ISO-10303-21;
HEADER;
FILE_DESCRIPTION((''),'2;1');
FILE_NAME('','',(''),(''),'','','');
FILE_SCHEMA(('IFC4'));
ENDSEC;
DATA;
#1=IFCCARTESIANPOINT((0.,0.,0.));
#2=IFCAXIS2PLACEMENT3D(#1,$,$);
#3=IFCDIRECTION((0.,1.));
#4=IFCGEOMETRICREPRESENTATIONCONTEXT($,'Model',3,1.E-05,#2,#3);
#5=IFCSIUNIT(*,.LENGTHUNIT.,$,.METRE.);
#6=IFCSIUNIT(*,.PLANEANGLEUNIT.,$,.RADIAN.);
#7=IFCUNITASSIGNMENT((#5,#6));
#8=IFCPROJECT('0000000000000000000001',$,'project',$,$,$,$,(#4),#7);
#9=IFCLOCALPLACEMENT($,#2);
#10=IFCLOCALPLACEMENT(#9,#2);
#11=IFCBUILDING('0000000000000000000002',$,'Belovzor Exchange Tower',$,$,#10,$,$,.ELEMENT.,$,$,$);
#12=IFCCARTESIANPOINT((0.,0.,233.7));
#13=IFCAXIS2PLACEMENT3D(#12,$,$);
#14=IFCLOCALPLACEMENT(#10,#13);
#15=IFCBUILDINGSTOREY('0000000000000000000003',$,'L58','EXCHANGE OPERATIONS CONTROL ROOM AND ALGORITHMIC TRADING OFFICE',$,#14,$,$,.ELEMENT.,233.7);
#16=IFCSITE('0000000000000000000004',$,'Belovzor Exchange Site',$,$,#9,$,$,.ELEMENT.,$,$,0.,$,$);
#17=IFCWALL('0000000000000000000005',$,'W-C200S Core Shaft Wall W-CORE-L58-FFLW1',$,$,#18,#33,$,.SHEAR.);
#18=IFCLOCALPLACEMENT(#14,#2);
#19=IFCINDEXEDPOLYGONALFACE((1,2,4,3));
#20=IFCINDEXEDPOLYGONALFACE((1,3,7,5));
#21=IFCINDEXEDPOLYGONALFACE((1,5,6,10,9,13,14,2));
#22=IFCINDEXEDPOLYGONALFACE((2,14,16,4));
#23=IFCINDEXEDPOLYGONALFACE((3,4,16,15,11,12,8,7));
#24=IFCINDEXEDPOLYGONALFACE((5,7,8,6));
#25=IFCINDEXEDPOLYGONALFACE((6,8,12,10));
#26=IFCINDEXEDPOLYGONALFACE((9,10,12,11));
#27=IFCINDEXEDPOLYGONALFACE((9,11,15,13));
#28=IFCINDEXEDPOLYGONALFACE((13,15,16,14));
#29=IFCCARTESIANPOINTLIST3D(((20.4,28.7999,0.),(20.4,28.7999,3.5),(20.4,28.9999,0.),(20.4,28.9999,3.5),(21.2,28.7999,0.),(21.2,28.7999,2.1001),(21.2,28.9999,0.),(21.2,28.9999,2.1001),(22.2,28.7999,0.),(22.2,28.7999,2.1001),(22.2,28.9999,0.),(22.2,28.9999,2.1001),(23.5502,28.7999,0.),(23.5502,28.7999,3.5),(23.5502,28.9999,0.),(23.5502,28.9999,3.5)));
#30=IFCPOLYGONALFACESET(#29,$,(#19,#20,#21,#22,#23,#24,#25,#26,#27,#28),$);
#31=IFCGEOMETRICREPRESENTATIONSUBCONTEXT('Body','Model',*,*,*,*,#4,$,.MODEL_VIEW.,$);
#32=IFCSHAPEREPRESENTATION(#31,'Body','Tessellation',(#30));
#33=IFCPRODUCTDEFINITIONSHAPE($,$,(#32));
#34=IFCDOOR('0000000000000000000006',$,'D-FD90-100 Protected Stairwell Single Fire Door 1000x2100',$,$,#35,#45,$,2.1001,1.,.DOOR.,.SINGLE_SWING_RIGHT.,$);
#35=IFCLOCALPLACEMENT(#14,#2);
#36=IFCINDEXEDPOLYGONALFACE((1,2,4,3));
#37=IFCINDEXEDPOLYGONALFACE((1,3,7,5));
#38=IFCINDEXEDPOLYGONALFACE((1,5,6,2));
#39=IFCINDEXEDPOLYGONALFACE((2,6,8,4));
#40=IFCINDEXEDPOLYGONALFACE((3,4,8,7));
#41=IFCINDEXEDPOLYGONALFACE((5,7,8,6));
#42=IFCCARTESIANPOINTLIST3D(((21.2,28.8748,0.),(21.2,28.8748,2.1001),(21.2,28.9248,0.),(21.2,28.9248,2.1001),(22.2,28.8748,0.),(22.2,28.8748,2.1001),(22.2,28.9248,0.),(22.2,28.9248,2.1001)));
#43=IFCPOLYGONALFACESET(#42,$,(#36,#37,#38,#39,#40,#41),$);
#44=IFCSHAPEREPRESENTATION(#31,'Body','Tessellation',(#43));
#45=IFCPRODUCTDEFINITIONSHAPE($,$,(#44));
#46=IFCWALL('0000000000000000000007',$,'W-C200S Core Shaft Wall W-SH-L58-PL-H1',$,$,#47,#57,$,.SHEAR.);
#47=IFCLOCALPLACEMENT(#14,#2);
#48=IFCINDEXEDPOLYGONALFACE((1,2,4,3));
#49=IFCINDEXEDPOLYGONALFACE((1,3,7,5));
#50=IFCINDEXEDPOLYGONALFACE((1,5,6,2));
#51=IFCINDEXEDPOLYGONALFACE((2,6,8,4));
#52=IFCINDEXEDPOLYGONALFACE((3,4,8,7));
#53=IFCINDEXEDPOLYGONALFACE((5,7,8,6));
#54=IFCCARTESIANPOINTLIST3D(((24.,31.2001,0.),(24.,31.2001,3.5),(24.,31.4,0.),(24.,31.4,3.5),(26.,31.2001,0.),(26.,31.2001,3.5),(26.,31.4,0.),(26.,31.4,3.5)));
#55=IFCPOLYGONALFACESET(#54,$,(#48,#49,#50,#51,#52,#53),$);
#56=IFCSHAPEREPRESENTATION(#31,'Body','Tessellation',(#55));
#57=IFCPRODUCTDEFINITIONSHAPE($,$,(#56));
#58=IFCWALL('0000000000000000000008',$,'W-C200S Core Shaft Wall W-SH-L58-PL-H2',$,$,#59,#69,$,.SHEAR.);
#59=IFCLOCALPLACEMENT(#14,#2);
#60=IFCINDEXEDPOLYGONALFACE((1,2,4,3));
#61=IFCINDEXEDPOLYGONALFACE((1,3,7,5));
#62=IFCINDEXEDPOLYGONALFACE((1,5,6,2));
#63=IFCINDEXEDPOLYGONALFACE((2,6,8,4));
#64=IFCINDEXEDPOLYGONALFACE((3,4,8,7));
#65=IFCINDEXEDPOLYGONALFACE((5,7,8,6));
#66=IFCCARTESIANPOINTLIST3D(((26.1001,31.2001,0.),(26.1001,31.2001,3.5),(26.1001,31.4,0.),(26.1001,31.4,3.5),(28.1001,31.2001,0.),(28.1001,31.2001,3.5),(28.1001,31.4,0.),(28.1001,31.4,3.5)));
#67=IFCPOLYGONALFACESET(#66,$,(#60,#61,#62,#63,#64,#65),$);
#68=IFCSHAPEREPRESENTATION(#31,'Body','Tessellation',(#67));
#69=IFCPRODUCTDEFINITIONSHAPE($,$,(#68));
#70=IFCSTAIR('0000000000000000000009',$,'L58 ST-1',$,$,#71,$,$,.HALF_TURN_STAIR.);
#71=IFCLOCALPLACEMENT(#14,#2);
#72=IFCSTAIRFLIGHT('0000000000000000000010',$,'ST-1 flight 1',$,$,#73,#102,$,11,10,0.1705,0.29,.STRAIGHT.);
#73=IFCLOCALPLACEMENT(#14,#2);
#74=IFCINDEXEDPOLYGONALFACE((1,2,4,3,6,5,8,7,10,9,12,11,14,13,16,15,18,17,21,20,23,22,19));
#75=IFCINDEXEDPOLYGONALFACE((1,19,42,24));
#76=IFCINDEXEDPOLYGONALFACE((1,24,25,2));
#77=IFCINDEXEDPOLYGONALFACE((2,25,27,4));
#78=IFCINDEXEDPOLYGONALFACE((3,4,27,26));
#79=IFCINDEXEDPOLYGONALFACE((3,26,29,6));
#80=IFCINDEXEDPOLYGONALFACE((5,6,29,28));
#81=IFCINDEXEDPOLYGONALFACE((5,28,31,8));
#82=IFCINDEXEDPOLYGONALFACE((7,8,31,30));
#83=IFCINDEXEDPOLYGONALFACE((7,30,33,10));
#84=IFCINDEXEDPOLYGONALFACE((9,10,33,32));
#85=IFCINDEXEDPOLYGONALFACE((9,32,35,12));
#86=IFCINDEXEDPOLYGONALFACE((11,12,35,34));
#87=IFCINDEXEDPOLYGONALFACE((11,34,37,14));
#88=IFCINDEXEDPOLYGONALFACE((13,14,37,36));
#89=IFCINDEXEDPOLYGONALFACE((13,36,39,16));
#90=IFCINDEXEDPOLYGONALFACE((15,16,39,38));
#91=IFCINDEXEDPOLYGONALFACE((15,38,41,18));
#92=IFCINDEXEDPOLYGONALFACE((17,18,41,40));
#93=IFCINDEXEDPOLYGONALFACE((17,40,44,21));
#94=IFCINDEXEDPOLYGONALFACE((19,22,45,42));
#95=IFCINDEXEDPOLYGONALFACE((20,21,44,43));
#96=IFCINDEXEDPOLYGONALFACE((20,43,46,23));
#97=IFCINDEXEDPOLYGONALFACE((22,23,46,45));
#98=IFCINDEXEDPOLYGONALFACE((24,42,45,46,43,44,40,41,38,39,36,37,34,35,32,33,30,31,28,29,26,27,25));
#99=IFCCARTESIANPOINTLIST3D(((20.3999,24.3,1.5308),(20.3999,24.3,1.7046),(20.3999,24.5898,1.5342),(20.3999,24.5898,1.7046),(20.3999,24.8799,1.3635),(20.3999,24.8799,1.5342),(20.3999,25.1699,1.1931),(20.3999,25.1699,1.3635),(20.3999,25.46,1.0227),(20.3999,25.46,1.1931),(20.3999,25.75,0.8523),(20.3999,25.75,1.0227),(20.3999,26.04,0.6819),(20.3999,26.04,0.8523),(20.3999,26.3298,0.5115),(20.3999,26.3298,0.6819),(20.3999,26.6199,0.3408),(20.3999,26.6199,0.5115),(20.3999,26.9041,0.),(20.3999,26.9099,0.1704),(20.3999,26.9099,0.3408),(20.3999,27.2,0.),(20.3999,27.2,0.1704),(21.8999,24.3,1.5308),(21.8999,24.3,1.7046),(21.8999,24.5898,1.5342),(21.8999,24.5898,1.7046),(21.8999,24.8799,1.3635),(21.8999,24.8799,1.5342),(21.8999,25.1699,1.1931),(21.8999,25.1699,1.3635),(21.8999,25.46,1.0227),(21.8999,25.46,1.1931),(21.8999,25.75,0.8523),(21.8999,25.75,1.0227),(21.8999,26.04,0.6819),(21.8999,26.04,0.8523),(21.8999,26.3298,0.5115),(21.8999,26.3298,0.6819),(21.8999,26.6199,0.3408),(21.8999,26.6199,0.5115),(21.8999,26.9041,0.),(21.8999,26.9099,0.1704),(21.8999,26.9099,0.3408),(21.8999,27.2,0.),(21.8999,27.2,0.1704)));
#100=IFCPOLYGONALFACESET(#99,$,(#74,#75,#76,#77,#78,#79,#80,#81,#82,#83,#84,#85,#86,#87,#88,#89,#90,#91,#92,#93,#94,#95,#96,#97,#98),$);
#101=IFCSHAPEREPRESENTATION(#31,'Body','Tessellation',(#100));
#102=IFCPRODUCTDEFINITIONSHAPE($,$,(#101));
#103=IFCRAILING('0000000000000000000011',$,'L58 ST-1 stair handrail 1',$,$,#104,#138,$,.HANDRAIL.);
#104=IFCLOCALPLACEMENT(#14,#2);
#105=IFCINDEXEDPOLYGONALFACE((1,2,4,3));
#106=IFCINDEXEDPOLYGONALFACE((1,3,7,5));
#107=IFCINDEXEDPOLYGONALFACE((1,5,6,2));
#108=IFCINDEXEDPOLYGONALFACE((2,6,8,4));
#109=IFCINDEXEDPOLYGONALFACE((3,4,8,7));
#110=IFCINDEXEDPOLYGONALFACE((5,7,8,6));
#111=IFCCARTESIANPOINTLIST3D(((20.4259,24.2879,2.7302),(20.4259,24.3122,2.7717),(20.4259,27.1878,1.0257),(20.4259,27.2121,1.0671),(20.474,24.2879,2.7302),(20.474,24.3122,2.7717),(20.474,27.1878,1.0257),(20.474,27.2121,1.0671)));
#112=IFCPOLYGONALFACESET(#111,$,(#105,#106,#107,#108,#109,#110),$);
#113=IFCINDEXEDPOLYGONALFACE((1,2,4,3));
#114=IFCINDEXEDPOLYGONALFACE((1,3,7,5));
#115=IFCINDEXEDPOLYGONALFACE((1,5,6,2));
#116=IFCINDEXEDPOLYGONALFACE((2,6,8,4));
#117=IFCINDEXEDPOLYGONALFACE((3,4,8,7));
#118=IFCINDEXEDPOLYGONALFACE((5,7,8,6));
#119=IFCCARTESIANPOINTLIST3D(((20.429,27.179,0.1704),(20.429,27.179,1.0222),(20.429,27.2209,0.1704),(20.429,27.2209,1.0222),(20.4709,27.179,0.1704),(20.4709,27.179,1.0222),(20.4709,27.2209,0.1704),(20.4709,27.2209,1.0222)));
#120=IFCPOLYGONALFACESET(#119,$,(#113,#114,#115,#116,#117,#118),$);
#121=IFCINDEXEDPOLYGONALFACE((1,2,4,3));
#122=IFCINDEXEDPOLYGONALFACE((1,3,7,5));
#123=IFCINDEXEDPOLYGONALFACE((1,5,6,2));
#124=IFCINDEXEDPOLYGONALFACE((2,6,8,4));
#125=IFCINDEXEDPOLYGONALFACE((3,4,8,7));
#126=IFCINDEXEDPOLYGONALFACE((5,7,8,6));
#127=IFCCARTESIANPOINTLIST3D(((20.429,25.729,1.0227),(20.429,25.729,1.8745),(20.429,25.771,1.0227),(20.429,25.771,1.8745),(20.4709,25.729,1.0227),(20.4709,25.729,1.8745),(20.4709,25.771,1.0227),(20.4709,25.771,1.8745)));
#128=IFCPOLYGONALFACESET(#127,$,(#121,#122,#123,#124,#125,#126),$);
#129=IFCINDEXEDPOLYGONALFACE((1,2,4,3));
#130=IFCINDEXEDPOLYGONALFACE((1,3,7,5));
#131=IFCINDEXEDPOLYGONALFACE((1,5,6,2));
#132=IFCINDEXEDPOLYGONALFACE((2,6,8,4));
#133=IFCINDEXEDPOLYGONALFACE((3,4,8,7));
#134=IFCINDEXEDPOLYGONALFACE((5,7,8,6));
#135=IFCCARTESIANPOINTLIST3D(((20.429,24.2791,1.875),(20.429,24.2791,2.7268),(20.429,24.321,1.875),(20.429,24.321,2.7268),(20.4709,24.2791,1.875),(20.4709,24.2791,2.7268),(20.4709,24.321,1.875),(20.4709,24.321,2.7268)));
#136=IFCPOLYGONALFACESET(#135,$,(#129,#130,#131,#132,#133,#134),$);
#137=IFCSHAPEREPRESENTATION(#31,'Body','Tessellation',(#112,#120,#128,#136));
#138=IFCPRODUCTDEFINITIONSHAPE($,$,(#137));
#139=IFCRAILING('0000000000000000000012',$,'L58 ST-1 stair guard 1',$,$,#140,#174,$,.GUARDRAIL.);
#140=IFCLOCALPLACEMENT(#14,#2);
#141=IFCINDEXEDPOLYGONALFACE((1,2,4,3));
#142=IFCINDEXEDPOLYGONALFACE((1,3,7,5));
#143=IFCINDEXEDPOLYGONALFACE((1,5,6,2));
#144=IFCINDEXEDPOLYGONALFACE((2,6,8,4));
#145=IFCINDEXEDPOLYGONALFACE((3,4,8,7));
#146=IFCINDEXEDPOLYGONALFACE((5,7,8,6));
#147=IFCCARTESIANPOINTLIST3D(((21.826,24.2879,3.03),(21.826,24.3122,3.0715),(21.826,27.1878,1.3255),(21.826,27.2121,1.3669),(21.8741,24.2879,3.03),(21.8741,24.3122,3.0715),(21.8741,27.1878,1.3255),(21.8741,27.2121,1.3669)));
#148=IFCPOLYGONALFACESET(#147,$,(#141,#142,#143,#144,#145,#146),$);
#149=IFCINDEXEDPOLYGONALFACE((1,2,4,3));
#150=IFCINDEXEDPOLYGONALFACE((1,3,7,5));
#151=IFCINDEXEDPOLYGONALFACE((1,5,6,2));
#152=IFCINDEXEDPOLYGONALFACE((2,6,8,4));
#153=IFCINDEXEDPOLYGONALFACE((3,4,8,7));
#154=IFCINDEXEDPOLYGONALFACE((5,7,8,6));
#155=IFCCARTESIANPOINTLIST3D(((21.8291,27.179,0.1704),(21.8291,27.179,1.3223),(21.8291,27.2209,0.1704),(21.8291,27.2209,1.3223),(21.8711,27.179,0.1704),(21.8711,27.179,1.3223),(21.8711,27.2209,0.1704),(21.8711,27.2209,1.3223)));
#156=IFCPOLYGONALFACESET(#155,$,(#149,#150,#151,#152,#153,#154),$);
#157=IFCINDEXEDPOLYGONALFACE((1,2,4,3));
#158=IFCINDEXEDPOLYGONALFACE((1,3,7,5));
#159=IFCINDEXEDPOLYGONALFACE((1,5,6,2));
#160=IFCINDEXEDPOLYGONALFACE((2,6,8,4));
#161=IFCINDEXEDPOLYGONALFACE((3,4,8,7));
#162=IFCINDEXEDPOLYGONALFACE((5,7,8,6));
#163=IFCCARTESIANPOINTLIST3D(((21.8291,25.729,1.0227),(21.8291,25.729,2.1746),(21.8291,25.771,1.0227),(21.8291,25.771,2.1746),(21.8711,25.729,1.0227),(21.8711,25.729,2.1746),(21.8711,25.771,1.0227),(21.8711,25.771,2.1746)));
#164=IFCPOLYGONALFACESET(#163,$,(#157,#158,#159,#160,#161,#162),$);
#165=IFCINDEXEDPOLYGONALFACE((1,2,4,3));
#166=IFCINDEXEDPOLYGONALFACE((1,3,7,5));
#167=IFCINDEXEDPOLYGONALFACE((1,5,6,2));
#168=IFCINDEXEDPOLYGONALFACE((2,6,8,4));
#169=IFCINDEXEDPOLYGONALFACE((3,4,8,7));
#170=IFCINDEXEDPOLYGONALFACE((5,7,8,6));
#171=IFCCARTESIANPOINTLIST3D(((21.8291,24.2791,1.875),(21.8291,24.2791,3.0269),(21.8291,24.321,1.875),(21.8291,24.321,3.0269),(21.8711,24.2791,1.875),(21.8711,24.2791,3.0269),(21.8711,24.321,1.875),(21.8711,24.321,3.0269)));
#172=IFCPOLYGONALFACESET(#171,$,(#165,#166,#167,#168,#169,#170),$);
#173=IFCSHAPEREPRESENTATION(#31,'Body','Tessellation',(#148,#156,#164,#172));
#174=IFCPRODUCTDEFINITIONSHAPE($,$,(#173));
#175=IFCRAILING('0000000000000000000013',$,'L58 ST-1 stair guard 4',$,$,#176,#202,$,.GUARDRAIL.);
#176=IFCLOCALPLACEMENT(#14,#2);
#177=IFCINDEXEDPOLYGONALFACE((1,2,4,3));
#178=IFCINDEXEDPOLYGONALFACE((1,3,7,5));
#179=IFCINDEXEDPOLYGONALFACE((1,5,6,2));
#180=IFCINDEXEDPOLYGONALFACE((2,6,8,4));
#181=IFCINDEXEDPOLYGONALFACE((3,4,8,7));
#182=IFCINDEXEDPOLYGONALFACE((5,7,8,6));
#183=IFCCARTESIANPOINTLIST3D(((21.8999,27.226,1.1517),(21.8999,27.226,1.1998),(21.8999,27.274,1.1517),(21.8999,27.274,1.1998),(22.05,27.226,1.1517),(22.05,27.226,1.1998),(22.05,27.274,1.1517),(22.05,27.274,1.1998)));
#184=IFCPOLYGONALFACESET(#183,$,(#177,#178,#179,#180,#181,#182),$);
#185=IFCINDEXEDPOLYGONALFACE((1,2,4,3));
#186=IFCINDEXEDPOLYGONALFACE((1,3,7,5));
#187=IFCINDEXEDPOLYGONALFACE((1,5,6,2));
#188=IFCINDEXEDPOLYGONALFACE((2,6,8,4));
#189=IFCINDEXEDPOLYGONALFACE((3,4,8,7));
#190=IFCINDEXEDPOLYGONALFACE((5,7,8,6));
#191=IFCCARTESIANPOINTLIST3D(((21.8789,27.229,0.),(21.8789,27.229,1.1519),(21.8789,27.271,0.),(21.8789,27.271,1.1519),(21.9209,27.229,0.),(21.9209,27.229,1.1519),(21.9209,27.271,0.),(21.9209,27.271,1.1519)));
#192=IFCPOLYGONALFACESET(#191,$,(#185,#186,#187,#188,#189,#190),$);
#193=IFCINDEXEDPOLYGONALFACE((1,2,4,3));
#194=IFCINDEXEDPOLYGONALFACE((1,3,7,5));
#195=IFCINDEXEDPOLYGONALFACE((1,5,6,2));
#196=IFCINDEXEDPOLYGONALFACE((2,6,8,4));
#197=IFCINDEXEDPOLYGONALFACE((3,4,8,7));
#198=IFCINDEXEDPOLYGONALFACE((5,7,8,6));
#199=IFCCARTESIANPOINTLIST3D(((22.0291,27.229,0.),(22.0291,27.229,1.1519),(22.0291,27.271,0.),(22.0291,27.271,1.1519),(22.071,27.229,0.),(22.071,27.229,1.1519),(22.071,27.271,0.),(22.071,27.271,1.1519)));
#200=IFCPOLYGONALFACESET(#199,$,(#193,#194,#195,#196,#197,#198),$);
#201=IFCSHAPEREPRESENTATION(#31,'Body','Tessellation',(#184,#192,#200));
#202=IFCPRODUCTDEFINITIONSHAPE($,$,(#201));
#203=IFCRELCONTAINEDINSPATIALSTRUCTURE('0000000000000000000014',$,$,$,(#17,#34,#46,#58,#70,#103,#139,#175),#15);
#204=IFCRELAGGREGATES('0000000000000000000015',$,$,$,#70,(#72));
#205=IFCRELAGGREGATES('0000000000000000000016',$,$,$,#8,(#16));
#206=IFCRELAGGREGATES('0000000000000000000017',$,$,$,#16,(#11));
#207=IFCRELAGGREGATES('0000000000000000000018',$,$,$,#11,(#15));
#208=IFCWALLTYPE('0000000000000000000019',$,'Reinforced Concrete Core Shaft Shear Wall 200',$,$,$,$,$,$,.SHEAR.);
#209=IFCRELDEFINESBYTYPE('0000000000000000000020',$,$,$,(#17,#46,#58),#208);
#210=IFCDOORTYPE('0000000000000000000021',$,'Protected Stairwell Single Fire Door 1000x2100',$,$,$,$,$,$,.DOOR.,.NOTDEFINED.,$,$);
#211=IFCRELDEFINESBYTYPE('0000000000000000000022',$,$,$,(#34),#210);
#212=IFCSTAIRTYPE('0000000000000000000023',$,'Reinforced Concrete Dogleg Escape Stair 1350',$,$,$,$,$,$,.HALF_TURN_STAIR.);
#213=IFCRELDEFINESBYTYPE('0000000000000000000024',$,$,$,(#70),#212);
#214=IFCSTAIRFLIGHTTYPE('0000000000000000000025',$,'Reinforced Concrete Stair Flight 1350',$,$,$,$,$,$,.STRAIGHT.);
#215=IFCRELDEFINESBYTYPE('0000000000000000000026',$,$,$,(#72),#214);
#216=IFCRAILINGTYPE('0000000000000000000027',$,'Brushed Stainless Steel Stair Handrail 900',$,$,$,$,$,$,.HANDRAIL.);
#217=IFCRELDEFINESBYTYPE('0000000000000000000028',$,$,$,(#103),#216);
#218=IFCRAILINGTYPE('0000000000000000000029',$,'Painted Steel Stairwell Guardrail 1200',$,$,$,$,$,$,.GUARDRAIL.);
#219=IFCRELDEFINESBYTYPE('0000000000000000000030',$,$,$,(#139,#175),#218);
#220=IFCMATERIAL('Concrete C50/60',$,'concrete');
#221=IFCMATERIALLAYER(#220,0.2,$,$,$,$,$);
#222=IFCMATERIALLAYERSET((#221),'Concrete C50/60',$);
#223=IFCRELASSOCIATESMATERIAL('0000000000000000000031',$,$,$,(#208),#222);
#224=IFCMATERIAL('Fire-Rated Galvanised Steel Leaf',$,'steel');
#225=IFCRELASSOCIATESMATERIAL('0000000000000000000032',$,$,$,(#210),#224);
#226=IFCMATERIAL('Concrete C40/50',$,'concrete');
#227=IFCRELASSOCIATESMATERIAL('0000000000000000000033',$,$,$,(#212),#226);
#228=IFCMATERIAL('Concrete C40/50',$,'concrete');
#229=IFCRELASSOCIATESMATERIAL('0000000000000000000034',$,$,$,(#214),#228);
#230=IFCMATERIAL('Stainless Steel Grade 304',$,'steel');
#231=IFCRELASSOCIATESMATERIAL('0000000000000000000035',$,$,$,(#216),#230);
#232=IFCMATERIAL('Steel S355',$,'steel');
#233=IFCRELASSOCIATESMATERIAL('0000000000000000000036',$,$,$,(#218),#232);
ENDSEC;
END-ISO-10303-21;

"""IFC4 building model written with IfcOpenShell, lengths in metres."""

from ifc_helpers import new_model, si_unit, direction, frame, frame_2d, origin, origin_2d, place, context, subcontext, project, spatial, polyline, rectangle, outline, extrude, material, layer, layer_set, type_object, element, fill, aggregate, save


model = new_model("IFC4")

# Units and contexts
model_context = context("Model", 3, precision=1e-05, world=origin(), true_north=direction((0.0, 1.0)))
body_context = subcontext(model_context, "Body", "Model", "MODEL_VIEW")
ifc_project = project(units=[si_unit("LENGTHUNIT", "METRE"), si_unit("PLANEANGLEUNIT", "RADIAN")], contexts=[model_context])

# Site, building, storey
site_placement = place(None, origin())
site = spatial("IfcSite", under=ifc_project, at=site_placement, Name="Belovzor Exchange Site", CompositionType="ELEMENT", RefElevation=0.0)
building_placement = place(site_placement, origin())
building = spatial("IfcBuilding", under=site, at=building_placement, Name="Belovzor Exchange Tower", CompositionType="ELEMENT")
storey_placement = place(building_placement, frame((0.0, 0.0, 233.7)))
storey = spatial("IfcBuildingStorey", under=building, at=storey_placement, Name="L58", Description="EXCHANGE OPERATIONS CONTROL ROOM AND ALGORITHMIC TRADING OFFICE", CompositionType="ELEMENT", Elevation=233.7)

# Wall, opening, door
ifc_material_1 = material(Name="Concrete C50/60", Category="concrete")
ifc_layer_1 = layer(ifc_material_1, 0.2)
ifc_layer_set_1 = layer_set([ifc_layer_1], Name="Concrete C50/60")
wall_type_1 = type_object("IfcWallType", Name="Reinforced Concrete Core Shaft Shear Wall 200", PredefinedType="SHEAR", material=ifc_layer_set_1)
wall_1_placement = place(storey_placement, frame((20.3999, 28.8999, 0.0), z_axis=(0.0, 0.0, 1.0), x_axis=(1.0, 0.0, 0.0)))
wall_1 = element("IfcWall", 1, at=wall_1_placement, inside=storey, type_object=wall_type_1, Name="W-C200S Core Shaft Wall W-CORE-L58-FFLW1", PredefinedType="SHEAR", context=body_context, shape_type="SweptSolid", body=[
    extrude(rectangle(XDim=3.1501, YDim=0.2, at=frame_2d((1.5752, 0.0))), origin(), (0.0, 0.0, 1.0), 3.5),
])
opening_1_placement = place(wall_1_placement, frame((0.8, 0.0, 0.0)))
opening_1 = element("IfcOpeningElement", 2, at=opening_1_placement, cuts=wall_1, PredefinedType="OPENING", context=body_context, shape_type="SweptSolid", body=[
    extrude(rectangle(XDim=1.0, YDim=2.1001, at=frame_2d((0.5, 1.05))), frame((0.0, 0.1099, 0.0), z_axis=(0.0, -1.0, 0.0), x_axis=(1.0, 0.0, 0.0)), (0.0, 0.0, 1.0), 0.22),
])
ifc_material_2 = material(Name="Fire-Rated Galvanised Steel Leaf", Category="steel")
door_type_1 = type_object("IfcDoorType", Name="Protected Stairwell Single Fire Door 1000x2100", OperationType="NOTDEFINED", PredefinedType="DOOR", material=ifc_material_2)
door_1_placement = place(opening_1_placement, origin())
door_1 = element("IfcDoor", 3, at=door_1_placement, inside=storey, type_object=door_type_1, Name="D-FD90-100 Protected Stairwell Single Fire Door 1000x2100", OperationType="SINGLE_SWING_RIGHT", OverallHeight=2.1001, OverallWidth=1.0, PredefinedType="DOOR", context=body_context, shape_type="SweptSolid", body=[
    extrude(rectangle(XDim=1.0, YDim=2.1001, at=frame_2d((0.5, 1.05))), frame((0.0, 0.0249, 0.0), z_axis=(0.0, -1.0, 0.0), x_axis=(1.0, 0.0, 0.0)), (0.0, 0.0, 1.0), 0.05),
])
fill(opening_1, door_1)

# Walls
for number, where, z_axis, x_axis, name in (
    (4, (24.0, 31.3, 0.0), (0.0, 0.0, 1.0), (1.0, 0.0, 0.0), "W-C200S Core Shaft Wall W-SH-L58-PL-H1"),
    (5, (26.1001, 31.3, 0.0), (0.0, 0.0, 1.0), (1.0, 0.0, 0.0), "W-C200S Core Shaft Wall W-SH-L58-PL-H2"),
):
    element("IfcWall", number, at=place(storey_placement, frame(where, z_axis=z_axis, x_axis=x_axis)), inside=storey, type_object=wall_type_1, Name=name, PredefinedType="SHEAR", context=body_context, shape_type="SweptSolid", body=[
        extrude(rectangle(XDim=2.0, YDim=0.2, at=frame_2d((1.0, 0.0))), origin(), (0.0, 0.0, 1.0), 3.5),
    ])

# Stair, stair flight
ifc_material_3 = material(Name="Concrete C40/50", Category="concrete")
stair_type = type_object("IfcStairType", Name="Reinforced Concrete Dogleg Escape Stair 1350", PredefinedType="HALF_TURN_STAIR", material=ifc_material_3)
stair_placement = place(storey_placement, origin())
stair = element("IfcStair", 6, at=stair_placement, inside=storey, type_object=stair_type, Name="L58 ST-1", PredefinedType="HALF_TURN_STAIR")
ifc_material_4 = material(Name="Concrete C40/50", Category="concrete")
stair_flight_type = type_object("IfcStairFlightType", Name="Reinforced Concrete Stair Flight 1350", PredefinedType="STRAIGHT", material=ifc_material_4)
stair_flight_placement = place(storey_placement, frame((21.1499, 27.2, 0.0), z_axis=(0.0, 0.0, 1.0), x_axis=(0.0, -1.0, 0.0)))
stair_flight = element("IfcStairFlight", 7, at=stair_flight_placement, type_object=stair_flight_type, Name="ST-1 flight 1", NumberOfRisers=11, NumberOfTreads=10, PredefinedType="STRAIGHT", RiserHeight=0.1705, TreadLength=0.29, context=body_context, shape_type="SweptSolid", body=[
    extrude(outline(polyline([(0.0, 0.0), (0.0, 0.1704), (0.29, 0.1704), (0.29, 0.3408), (0.5801, 0.3408), (0.5801, 0.5115), (0.8701, 0.5115), (0.8701, 0.6819), (1.1599, 0.6819), (1.1599, 0.8523), (1.45, 0.8523), (1.45, 1.0227), (1.74, 1.0227), (1.74, 1.1931), (2.03, 1.1931), (2.03, 1.3635), (2.3201, 1.3635), (2.3201, 1.5342), (2.6101, 1.5342), (2.6101, 1.7046), (2.8999, 1.7046), (2.8999, 1.875), (2.8999, 1.5308), (0.2959, 0.0), (0.0, 0.0)])), frame((0.0, 0.75, 0.0), z_axis=(0.0, -1.0, 0.0), x_axis=(1.0, 0.0, 0.0)), (0.0, 0.0, 1.0), 1.5),
])
aggregate(stair, [stair_flight])

# Railings
ifc_material_5 = material(Name="Stainless Steel Grade 304", Category="steel")
railing_type_1 = type_object("IfcRailingType", Name="Brushed Stainless Steel Stair Handrail 900", PredefinedType="HANDRAIL", material=ifc_material_5)
railing_1_placement = place(storey_placement, frame((20.45, 27.2, 0.1704)))
element("IfcRailing", 8, at=railing_1_placement, inside=storey, type_object=railing_type_1, Name="L58 ST-1 stair handrail 1", PredefinedType="HANDRAIL", context=body_context, shape_type="SweptSolid", body=[
    extrude(rectangle(XDim=0.0481, YDim=0.0481, at=origin_2d()), frame((0.0, 0.0, 0.876), z_axis=(0.0, -0.862095, 0.506747), x_axis=(1.0, 0.0, 0.0)), (0.0, 0.0, 1.0), 3.3638),
    extrude(rectangle(XDim=0.042, YDim=0.042, at=origin_2d()), origin(), (0.0, 0.0, 1.0), 0.8518),
    extrude(rectangle(XDim=0.042, YDim=0.042, at=origin_2d()), frame((0.0, -1.45, 0.8523)), (0.0, 0.0, 1.0), 0.8518),
    extrude(rectangle(XDim=0.042, YDim=0.042, at=origin_2d()), frame((0.0, -2.8999, 1.7046)), (0.0, 0.0, 1.0), 0.8518),
])
ifc_material_6 = material(Name="Steel S355", Category="steel")
railing_type_2 = type_object("IfcRailingType", Name="Painted Steel Stairwell Guardrail 1200", PredefinedType="GUARDRAIL", material=ifc_material_6)
railing_2_placement = place(storey_placement, frame((21.8501, 27.2, 0.1704)))
element("IfcRailing", 9, at=railing_2_placement, inside=storey, type_object=railing_type_2, Name="L58 ST-1 stair guard 1", PredefinedType="GUARDRAIL", context=body_context, shape_type="SweptSolid", body=[
    extrude(rectangle(XDim=0.0481, YDim=0.0481, at=origin_2d()), frame((0.0, 0.0, 1.1758), z_axis=(0.0, -0.862095, 0.506747), x_axis=(1.0, 0.0, 0.0)), (0.0, 0.0, 1.0), 3.3638),
    extrude(rectangle(XDim=0.042, YDim=0.042, at=origin_2d()), origin(), (0.0, 0.0, 1.0), 1.1519),
    extrude(rectangle(XDim=0.042, YDim=0.042, at=origin_2d()), frame((0.0, -1.45, 0.8523)), (0.0, 0.0, 1.0), 1.1519),
    extrude(rectangle(XDim=0.042, YDim=0.042, at=origin_2d()), frame((0.0, -2.8999, 1.7046)), (0.0, 0.0, 1.0), 1.1519),
])
railing_3_placement = place(storey_placement, frame((21.8999, 27.25, 0.0)))
element("IfcRailing", 10, at=railing_3_placement, inside=storey, type_object=railing_type_2, Name="L58 ST-1 stair guard 4", PredefinedType="GUARDRAIL", context=body_context, shape_type="SweptSolid", body=[
    extrude(rectangle(XDim=0.0481, YDim=0.0481, at=origin_2d()), frame((0.0, 0.0, 1.1758), z_axis=(1.0, 0.0, 0.0), x_axis=(0.0, 1.0, 0.0)), (0.0, 0.0, 1.0), 0.1501),
    extrude(rectangle(XDim=0.042, YDim=0.042, at=origin_2d()), origin(), (0.0, 0.0, 1.0), 1.1519),
    extrude(rectangle(XDim=0.042, YDim=0.042, at=origin_2d()), frame((0.1501, 0.0, 0.0)), (0.0, 0.0, 1.0), 1.1519),
])

save(model, "model.ifc")
